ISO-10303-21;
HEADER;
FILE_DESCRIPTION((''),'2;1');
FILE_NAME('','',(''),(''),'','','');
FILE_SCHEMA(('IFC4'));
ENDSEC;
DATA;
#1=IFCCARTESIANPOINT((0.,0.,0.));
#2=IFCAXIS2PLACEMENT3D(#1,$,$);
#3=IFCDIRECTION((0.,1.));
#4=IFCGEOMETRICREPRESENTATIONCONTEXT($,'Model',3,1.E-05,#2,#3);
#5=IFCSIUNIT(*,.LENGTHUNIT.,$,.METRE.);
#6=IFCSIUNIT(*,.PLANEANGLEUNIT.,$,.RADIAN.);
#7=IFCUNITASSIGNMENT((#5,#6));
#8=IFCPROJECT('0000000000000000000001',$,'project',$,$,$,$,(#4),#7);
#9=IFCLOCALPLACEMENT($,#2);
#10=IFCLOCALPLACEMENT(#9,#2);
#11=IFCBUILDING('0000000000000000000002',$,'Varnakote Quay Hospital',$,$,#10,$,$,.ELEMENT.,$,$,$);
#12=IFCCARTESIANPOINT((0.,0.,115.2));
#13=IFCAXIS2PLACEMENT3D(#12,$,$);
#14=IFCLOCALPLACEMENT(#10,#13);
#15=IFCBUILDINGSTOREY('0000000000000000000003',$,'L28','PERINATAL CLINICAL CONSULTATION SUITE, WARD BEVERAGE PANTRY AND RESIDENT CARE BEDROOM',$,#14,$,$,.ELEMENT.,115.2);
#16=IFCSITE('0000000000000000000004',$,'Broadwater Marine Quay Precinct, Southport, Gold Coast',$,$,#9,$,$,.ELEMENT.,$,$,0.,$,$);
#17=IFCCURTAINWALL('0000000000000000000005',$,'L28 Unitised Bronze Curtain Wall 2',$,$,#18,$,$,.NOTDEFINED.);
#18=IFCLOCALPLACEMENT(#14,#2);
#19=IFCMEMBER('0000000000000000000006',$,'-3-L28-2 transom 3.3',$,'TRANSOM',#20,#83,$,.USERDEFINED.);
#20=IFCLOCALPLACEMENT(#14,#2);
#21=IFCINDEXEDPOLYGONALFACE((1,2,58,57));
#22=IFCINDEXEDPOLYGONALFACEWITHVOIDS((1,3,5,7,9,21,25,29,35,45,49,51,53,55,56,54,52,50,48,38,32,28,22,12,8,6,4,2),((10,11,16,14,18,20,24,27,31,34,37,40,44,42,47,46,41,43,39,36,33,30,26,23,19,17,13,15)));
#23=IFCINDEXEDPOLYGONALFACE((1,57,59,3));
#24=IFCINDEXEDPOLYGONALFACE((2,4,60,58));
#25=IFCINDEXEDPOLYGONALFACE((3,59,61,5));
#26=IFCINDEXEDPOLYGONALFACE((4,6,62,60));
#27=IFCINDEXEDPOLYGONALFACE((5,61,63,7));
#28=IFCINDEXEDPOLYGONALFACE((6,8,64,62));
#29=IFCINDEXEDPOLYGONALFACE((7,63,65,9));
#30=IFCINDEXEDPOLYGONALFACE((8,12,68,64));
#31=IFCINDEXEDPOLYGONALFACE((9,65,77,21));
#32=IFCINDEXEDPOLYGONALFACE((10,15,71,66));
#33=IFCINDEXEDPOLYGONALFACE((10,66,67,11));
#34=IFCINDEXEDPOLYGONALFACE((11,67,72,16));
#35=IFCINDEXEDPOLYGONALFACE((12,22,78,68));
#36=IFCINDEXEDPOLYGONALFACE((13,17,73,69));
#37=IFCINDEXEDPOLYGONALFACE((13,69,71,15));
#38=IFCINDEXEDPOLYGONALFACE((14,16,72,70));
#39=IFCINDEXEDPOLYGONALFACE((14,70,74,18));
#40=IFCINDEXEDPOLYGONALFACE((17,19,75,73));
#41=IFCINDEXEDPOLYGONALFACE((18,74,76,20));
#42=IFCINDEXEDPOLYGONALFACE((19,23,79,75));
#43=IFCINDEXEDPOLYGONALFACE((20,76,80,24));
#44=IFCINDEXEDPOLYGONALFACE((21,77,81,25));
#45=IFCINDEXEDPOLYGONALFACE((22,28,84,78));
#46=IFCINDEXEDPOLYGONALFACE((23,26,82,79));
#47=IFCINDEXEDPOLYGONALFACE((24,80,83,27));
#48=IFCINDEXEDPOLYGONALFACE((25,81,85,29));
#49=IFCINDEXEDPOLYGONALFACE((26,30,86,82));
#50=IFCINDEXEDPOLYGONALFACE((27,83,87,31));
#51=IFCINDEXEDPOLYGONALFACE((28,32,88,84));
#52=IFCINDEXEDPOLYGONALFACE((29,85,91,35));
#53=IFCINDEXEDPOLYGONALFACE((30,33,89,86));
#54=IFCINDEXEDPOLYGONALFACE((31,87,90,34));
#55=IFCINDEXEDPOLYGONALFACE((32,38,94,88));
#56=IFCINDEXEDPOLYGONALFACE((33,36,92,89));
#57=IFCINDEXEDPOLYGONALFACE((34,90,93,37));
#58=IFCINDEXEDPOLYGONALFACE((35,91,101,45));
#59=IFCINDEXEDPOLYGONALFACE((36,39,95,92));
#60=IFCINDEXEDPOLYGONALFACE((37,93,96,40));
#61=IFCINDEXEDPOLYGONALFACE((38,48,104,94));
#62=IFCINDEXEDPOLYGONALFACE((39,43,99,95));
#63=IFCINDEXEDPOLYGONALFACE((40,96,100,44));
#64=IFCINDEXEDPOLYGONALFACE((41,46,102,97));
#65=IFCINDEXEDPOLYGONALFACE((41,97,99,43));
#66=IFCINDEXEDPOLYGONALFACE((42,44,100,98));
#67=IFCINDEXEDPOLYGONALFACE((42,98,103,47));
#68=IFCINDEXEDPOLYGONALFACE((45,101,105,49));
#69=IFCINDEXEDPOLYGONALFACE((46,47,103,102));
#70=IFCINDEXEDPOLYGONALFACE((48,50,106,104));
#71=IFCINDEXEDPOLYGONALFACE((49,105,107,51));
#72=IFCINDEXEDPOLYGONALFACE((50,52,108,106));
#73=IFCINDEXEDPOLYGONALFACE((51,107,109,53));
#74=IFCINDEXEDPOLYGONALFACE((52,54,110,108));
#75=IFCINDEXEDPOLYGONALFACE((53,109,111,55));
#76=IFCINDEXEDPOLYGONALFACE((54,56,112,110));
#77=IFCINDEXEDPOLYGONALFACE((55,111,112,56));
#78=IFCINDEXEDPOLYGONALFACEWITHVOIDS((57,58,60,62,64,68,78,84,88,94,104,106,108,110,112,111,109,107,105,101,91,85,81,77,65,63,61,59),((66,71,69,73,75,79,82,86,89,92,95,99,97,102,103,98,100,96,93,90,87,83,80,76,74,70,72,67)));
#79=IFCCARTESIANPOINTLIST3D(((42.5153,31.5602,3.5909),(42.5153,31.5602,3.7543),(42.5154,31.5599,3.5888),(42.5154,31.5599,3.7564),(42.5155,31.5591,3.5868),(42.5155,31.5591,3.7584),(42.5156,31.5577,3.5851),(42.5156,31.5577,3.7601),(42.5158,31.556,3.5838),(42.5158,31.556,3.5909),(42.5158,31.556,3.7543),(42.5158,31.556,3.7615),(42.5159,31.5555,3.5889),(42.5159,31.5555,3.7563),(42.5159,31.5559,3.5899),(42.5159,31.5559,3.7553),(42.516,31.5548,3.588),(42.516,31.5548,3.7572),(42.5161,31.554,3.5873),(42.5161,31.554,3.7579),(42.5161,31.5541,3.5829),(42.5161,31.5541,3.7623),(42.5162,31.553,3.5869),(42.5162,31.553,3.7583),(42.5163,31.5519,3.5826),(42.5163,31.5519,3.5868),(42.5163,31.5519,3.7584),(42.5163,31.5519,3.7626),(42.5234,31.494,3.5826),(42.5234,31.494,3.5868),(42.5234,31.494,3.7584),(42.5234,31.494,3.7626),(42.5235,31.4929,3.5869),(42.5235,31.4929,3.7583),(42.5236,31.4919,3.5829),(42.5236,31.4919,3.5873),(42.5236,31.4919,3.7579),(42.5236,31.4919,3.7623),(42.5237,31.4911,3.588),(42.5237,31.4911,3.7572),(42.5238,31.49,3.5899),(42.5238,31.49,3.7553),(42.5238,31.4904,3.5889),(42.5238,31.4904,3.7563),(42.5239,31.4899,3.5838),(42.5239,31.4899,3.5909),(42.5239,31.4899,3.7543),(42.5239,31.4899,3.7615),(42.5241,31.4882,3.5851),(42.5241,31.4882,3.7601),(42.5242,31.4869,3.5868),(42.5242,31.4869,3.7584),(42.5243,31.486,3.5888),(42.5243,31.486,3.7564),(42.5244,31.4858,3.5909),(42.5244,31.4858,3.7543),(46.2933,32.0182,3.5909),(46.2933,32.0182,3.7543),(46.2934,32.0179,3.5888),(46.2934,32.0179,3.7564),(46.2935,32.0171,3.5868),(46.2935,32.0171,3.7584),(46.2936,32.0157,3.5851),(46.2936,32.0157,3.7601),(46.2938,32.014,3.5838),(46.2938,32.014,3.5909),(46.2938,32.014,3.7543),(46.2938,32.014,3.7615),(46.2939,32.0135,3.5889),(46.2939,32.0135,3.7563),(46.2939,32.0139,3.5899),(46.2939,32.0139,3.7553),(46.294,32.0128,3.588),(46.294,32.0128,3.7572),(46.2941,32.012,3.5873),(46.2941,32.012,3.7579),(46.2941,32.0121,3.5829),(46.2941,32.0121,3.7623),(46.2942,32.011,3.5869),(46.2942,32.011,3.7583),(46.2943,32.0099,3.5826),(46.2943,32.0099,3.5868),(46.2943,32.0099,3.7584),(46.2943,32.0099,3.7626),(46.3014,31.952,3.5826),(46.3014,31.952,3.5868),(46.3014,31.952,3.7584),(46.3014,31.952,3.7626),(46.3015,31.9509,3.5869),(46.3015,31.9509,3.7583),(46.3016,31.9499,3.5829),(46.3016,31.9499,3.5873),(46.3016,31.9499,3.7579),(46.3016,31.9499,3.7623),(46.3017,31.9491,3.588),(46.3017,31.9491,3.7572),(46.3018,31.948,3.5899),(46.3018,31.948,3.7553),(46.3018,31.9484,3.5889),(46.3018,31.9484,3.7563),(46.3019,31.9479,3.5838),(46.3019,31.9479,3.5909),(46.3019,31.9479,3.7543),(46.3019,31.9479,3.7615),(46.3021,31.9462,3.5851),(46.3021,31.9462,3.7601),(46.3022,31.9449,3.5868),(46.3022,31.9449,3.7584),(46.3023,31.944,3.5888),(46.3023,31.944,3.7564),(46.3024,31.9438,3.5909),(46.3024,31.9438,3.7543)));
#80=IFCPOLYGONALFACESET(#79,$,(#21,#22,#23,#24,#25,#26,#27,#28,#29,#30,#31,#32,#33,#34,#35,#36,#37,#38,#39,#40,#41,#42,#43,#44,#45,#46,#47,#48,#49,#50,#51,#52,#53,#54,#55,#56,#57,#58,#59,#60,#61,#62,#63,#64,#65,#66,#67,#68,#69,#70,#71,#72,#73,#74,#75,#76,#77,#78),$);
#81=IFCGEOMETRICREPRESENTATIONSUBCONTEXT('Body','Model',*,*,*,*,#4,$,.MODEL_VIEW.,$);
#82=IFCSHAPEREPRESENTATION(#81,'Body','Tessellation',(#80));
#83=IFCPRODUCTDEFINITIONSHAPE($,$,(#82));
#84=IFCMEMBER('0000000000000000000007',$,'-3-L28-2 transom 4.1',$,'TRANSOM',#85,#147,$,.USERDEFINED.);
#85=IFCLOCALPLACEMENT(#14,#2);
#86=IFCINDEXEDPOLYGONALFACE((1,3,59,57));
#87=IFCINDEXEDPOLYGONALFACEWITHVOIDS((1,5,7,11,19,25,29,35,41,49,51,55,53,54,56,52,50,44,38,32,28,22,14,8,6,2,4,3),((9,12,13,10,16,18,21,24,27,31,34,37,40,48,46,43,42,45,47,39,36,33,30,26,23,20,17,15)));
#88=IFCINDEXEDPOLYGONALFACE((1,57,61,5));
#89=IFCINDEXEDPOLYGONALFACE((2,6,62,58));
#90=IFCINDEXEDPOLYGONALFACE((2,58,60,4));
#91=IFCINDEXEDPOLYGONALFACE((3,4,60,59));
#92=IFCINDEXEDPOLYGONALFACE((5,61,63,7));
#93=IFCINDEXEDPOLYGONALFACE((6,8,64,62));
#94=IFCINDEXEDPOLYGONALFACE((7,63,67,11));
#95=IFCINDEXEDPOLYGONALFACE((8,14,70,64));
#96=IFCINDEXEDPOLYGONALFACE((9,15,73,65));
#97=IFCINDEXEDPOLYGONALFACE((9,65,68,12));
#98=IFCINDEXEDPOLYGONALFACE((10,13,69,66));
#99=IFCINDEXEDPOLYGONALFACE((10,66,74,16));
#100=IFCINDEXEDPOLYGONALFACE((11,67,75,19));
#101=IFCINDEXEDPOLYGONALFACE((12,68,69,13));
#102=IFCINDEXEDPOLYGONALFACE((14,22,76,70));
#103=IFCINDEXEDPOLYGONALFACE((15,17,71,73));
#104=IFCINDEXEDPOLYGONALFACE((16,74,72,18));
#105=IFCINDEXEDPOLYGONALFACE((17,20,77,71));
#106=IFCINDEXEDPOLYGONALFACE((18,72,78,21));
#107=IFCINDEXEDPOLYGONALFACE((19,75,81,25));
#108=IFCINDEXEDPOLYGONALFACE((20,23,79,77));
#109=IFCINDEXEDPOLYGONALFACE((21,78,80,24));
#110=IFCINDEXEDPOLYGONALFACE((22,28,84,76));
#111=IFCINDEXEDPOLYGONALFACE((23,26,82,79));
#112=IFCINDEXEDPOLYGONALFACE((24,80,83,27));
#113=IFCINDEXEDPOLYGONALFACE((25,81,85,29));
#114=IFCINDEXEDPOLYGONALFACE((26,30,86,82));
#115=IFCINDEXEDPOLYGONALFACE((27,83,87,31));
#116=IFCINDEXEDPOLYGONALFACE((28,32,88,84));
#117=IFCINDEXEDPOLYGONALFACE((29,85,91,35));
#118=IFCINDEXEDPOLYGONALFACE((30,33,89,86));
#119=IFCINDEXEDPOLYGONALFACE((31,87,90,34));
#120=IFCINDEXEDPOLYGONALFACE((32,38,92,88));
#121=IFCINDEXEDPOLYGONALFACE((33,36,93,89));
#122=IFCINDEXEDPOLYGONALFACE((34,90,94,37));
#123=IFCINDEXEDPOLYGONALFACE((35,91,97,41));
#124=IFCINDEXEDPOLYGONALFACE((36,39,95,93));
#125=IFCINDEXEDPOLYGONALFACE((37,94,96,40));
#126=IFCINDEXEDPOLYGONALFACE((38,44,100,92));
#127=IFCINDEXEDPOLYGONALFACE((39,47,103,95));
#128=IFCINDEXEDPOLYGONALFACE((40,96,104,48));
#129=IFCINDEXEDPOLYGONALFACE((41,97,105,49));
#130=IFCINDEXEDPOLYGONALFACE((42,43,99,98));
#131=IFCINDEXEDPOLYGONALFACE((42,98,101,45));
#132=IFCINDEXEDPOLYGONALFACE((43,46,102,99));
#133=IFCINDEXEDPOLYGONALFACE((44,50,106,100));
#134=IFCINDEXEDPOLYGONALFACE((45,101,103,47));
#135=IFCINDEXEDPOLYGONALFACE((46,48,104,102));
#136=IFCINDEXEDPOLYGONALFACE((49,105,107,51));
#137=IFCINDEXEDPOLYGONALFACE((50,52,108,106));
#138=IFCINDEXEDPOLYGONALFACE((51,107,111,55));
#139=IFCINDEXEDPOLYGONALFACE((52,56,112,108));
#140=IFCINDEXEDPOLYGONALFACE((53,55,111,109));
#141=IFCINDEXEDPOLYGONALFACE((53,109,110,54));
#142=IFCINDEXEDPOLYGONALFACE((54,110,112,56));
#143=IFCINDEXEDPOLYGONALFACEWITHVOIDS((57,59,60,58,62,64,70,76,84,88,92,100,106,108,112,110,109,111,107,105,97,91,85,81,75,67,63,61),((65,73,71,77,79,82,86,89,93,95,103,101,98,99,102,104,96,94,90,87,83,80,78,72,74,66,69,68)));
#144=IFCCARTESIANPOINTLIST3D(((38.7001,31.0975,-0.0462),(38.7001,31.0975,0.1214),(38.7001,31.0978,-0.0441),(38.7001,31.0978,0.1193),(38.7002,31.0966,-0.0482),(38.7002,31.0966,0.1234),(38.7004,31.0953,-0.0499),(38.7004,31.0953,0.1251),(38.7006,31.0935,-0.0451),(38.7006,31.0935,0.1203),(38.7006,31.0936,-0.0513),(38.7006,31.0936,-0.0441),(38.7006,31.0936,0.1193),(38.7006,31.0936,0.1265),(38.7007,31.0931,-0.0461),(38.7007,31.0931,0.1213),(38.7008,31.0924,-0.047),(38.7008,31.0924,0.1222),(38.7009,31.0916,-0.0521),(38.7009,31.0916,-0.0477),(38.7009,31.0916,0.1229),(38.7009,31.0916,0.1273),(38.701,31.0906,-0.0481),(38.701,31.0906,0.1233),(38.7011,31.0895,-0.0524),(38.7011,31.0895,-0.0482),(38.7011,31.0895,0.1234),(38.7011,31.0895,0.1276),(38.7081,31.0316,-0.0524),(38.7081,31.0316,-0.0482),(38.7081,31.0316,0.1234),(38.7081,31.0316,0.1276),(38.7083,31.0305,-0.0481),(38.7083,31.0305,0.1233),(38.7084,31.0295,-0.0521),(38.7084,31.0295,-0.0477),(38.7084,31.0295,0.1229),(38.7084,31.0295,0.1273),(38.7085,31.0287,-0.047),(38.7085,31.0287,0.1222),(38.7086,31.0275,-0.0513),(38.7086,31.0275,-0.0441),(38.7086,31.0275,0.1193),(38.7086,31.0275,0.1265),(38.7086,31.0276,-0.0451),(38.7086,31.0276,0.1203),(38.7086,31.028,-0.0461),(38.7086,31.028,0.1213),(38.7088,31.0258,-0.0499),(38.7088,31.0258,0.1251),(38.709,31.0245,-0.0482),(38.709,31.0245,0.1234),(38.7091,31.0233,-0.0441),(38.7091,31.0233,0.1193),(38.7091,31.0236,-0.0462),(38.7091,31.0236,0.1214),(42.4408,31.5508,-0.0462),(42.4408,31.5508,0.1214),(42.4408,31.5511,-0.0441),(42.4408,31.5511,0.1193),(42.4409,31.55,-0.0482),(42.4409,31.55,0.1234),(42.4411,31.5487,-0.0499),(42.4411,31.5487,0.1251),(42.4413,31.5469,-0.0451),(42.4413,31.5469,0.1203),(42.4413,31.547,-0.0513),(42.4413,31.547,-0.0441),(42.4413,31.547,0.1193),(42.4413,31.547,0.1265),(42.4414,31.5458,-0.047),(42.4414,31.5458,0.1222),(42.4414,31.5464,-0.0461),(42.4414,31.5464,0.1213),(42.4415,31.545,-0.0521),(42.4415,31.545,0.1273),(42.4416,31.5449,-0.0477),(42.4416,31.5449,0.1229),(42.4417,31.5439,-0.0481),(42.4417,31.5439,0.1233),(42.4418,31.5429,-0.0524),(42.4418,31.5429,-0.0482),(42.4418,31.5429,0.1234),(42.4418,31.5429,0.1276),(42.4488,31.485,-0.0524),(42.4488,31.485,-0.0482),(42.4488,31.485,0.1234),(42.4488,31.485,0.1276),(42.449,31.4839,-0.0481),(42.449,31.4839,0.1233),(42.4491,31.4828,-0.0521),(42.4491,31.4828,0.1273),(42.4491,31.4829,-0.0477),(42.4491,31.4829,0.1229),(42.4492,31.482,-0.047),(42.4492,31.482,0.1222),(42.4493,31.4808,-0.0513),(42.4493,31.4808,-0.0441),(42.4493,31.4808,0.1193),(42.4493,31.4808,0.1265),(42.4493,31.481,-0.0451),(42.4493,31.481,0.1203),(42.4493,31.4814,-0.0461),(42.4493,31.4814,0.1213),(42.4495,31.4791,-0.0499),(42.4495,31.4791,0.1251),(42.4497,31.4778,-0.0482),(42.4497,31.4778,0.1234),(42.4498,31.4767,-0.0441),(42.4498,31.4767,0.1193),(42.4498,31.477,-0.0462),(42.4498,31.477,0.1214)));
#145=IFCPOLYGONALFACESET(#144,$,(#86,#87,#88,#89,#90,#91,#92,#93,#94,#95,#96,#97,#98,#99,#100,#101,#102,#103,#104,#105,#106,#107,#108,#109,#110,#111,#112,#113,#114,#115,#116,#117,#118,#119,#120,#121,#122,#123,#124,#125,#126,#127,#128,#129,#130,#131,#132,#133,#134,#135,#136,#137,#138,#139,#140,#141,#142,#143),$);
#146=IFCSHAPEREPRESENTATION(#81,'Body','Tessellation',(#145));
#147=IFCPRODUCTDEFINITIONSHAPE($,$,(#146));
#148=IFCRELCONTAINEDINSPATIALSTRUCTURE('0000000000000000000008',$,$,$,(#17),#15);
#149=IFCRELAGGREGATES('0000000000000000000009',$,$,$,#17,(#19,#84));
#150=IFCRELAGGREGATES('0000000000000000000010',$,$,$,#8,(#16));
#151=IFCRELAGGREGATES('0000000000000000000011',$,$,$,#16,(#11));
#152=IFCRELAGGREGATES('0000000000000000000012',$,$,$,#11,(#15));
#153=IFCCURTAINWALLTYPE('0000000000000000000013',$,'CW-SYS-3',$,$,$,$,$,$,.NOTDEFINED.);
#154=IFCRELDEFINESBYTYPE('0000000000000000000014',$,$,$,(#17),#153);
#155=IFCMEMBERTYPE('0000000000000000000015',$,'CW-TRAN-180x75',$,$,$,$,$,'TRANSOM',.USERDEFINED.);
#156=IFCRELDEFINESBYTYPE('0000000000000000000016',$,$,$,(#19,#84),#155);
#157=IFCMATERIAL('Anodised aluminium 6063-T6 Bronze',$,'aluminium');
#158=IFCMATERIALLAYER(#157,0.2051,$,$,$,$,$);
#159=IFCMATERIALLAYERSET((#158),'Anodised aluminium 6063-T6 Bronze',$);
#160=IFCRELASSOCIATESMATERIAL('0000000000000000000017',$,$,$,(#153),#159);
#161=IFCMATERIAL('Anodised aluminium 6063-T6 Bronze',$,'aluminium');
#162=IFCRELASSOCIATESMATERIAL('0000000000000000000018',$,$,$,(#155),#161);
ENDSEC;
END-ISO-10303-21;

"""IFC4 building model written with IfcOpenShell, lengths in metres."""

from ifc_helpers import new_model, si_unit, direction, frame, origin, origin_2d, place, context, subcontext, project, spatial, hollow_rectangle, extrude, material, layer, layer_set, material_profile, profile_set, type_object, element, aggregate, save


model = new_model("IFC4")

# Units and contexts
model_context = context("Model", 3, precision=1e-05, world=origin(), true_north=direction((0.0, 1.0)))
body_context = subcontext(model_context, "Body", "Model", "MODEL_VIEW")
ifc_project = project(units=[si_unit("LENGTHUNIT", "METRE"), si_unit("PLANEANGLEUNIT", "RADIAN")], contexts=[model_context])

# Site, building, storey
site_placement = place(None, origin())
site = spatial("IfcSite", under=ifc_project, at=site_placement, Name="Broadwater Marine Quay Precinct, Southport, Gold Coast", CompositionType="ELEMENT", RefElevation=0.0)
building_placement = place(site_placement, origin())
building = spatial("IfcBuilding", under=site, at=building_placement, Name="Varnakote Quay Hospital", CompositionType="ELEMENT")
storey_placement = place(building_placement, frame((0.0, 0.0, 115.2)))
storey = spatial("IfcBuildingStorey", under=building, at=storey_placement, Name="L28", Description="PERINATAL CLINICAL CONSULTATION SUITE, WARD BEVERAGE PANTRY AND RESIDENT CARE BEDROOM", CompositionType="ELEMENT", Elevation=115.2)

# Curtain wall, members
ifc_material_1 = material(Name="Anodised aluminium 6063-T6 Bronze", Category="aluminium")
ifc_layer_1 = layer(ifc_material_1, 0.2051)
ifc_layer_set_1 = layer_set([ifc_layer_1], Name="Anodised aluminium 6063-T6 Bronze")
curtain_wall_type = type_object("IfcCurtainWallType", Name="CW-SYS-3", PredefinedType="NOTDEFINED", material=ifc_layer_set_1)
curtain_wall_placement = place(storey_placement, origin())
curtain_wall = element("IfcCurtainWall", 1, at=curtain_wall_placement, inside=storey, type_object=curtain_wall_type, Name="L28 Unitised Bronze Curtain Wall 2", PredefinedType="NOTDEFINED")
ifc_material_2 = material(Name="Anodised aluminium 6063-T6 Bronze", Category="aluminium")
ifc_material_profile_1 = material_profile(ifc_material_2, hollow_rectangle(XDim=0.075, YDim=0.1799, WallThickness=0.0042, InnerFilletRadius=0.0042, OuterFilletRadius=0.0083, at=origin_2d()), Name="CW-TRAN-180x75")
ifc_profile_set_1 = profile_set([ifc_material_profile_1], Name="Anodised aluminium 6063-T6 Bronze")
member_type_1 = type_object("IfcMemberType", Name="CW-TRAN-180x75", ElementType="TRANSOM", PredefinedType="USERDEFINED", material=ifc_profile_set_1)
member_1_placement = place(storey_placement, frame((46.2979, 31.981, 3.6726), z_axis=(-0.992732, -0.120347, 0.0), x_axis=(0.120347, -0.992732, 0.0)))
member_1 = element("IfcMember", 2, at=member_1_placement, type_object=member_type_1, Name="-3-L28-2 transom 3.3", ObjectType="TRANSOM", PredefinedType="USERDEFINED", context=body_context, shape_type="SweptSolid", body=[
    extrude(hollow_rectangle(XDim=0.075, YDim=0.1799, WallThickness=0.0042, InnerFilletRadius=0.0042, OuterFilletRadius=0.0083, at=origin_2d()), origin(), (0.0, 0.0, 1.0), 3.8057),
])
member_2_placement = place(storey_placement, frame((42.4453, 31.5139, 0.0376), z_axis=(-0.992735, -0.120318, 0.0), x_axis=(0.120318, -0.992735, 0.0)))
member_2 = element("IfcMember", 3, at=member_2_placement, type_object=member_type_1, Name="-3-L28-2 transom 4.1", ObjectType="TRANSOM", PredefinedType="USERDEFINED", context=body_context, shape_type="SweptSolid", body=[
    extrude(hollow_rectangle(XDim=0.075, YDim=0.1799, WallThickness=0.0042, InnerFilletRadius=0.0042, OuterFilletRadius=0.0083, at=origin_2d()), origin(), (0.0, 0.0, 1.0), 3.7681),
])

aggregate(curtain_wall, [member_1, member_2])

save(model, "model.ifc")
